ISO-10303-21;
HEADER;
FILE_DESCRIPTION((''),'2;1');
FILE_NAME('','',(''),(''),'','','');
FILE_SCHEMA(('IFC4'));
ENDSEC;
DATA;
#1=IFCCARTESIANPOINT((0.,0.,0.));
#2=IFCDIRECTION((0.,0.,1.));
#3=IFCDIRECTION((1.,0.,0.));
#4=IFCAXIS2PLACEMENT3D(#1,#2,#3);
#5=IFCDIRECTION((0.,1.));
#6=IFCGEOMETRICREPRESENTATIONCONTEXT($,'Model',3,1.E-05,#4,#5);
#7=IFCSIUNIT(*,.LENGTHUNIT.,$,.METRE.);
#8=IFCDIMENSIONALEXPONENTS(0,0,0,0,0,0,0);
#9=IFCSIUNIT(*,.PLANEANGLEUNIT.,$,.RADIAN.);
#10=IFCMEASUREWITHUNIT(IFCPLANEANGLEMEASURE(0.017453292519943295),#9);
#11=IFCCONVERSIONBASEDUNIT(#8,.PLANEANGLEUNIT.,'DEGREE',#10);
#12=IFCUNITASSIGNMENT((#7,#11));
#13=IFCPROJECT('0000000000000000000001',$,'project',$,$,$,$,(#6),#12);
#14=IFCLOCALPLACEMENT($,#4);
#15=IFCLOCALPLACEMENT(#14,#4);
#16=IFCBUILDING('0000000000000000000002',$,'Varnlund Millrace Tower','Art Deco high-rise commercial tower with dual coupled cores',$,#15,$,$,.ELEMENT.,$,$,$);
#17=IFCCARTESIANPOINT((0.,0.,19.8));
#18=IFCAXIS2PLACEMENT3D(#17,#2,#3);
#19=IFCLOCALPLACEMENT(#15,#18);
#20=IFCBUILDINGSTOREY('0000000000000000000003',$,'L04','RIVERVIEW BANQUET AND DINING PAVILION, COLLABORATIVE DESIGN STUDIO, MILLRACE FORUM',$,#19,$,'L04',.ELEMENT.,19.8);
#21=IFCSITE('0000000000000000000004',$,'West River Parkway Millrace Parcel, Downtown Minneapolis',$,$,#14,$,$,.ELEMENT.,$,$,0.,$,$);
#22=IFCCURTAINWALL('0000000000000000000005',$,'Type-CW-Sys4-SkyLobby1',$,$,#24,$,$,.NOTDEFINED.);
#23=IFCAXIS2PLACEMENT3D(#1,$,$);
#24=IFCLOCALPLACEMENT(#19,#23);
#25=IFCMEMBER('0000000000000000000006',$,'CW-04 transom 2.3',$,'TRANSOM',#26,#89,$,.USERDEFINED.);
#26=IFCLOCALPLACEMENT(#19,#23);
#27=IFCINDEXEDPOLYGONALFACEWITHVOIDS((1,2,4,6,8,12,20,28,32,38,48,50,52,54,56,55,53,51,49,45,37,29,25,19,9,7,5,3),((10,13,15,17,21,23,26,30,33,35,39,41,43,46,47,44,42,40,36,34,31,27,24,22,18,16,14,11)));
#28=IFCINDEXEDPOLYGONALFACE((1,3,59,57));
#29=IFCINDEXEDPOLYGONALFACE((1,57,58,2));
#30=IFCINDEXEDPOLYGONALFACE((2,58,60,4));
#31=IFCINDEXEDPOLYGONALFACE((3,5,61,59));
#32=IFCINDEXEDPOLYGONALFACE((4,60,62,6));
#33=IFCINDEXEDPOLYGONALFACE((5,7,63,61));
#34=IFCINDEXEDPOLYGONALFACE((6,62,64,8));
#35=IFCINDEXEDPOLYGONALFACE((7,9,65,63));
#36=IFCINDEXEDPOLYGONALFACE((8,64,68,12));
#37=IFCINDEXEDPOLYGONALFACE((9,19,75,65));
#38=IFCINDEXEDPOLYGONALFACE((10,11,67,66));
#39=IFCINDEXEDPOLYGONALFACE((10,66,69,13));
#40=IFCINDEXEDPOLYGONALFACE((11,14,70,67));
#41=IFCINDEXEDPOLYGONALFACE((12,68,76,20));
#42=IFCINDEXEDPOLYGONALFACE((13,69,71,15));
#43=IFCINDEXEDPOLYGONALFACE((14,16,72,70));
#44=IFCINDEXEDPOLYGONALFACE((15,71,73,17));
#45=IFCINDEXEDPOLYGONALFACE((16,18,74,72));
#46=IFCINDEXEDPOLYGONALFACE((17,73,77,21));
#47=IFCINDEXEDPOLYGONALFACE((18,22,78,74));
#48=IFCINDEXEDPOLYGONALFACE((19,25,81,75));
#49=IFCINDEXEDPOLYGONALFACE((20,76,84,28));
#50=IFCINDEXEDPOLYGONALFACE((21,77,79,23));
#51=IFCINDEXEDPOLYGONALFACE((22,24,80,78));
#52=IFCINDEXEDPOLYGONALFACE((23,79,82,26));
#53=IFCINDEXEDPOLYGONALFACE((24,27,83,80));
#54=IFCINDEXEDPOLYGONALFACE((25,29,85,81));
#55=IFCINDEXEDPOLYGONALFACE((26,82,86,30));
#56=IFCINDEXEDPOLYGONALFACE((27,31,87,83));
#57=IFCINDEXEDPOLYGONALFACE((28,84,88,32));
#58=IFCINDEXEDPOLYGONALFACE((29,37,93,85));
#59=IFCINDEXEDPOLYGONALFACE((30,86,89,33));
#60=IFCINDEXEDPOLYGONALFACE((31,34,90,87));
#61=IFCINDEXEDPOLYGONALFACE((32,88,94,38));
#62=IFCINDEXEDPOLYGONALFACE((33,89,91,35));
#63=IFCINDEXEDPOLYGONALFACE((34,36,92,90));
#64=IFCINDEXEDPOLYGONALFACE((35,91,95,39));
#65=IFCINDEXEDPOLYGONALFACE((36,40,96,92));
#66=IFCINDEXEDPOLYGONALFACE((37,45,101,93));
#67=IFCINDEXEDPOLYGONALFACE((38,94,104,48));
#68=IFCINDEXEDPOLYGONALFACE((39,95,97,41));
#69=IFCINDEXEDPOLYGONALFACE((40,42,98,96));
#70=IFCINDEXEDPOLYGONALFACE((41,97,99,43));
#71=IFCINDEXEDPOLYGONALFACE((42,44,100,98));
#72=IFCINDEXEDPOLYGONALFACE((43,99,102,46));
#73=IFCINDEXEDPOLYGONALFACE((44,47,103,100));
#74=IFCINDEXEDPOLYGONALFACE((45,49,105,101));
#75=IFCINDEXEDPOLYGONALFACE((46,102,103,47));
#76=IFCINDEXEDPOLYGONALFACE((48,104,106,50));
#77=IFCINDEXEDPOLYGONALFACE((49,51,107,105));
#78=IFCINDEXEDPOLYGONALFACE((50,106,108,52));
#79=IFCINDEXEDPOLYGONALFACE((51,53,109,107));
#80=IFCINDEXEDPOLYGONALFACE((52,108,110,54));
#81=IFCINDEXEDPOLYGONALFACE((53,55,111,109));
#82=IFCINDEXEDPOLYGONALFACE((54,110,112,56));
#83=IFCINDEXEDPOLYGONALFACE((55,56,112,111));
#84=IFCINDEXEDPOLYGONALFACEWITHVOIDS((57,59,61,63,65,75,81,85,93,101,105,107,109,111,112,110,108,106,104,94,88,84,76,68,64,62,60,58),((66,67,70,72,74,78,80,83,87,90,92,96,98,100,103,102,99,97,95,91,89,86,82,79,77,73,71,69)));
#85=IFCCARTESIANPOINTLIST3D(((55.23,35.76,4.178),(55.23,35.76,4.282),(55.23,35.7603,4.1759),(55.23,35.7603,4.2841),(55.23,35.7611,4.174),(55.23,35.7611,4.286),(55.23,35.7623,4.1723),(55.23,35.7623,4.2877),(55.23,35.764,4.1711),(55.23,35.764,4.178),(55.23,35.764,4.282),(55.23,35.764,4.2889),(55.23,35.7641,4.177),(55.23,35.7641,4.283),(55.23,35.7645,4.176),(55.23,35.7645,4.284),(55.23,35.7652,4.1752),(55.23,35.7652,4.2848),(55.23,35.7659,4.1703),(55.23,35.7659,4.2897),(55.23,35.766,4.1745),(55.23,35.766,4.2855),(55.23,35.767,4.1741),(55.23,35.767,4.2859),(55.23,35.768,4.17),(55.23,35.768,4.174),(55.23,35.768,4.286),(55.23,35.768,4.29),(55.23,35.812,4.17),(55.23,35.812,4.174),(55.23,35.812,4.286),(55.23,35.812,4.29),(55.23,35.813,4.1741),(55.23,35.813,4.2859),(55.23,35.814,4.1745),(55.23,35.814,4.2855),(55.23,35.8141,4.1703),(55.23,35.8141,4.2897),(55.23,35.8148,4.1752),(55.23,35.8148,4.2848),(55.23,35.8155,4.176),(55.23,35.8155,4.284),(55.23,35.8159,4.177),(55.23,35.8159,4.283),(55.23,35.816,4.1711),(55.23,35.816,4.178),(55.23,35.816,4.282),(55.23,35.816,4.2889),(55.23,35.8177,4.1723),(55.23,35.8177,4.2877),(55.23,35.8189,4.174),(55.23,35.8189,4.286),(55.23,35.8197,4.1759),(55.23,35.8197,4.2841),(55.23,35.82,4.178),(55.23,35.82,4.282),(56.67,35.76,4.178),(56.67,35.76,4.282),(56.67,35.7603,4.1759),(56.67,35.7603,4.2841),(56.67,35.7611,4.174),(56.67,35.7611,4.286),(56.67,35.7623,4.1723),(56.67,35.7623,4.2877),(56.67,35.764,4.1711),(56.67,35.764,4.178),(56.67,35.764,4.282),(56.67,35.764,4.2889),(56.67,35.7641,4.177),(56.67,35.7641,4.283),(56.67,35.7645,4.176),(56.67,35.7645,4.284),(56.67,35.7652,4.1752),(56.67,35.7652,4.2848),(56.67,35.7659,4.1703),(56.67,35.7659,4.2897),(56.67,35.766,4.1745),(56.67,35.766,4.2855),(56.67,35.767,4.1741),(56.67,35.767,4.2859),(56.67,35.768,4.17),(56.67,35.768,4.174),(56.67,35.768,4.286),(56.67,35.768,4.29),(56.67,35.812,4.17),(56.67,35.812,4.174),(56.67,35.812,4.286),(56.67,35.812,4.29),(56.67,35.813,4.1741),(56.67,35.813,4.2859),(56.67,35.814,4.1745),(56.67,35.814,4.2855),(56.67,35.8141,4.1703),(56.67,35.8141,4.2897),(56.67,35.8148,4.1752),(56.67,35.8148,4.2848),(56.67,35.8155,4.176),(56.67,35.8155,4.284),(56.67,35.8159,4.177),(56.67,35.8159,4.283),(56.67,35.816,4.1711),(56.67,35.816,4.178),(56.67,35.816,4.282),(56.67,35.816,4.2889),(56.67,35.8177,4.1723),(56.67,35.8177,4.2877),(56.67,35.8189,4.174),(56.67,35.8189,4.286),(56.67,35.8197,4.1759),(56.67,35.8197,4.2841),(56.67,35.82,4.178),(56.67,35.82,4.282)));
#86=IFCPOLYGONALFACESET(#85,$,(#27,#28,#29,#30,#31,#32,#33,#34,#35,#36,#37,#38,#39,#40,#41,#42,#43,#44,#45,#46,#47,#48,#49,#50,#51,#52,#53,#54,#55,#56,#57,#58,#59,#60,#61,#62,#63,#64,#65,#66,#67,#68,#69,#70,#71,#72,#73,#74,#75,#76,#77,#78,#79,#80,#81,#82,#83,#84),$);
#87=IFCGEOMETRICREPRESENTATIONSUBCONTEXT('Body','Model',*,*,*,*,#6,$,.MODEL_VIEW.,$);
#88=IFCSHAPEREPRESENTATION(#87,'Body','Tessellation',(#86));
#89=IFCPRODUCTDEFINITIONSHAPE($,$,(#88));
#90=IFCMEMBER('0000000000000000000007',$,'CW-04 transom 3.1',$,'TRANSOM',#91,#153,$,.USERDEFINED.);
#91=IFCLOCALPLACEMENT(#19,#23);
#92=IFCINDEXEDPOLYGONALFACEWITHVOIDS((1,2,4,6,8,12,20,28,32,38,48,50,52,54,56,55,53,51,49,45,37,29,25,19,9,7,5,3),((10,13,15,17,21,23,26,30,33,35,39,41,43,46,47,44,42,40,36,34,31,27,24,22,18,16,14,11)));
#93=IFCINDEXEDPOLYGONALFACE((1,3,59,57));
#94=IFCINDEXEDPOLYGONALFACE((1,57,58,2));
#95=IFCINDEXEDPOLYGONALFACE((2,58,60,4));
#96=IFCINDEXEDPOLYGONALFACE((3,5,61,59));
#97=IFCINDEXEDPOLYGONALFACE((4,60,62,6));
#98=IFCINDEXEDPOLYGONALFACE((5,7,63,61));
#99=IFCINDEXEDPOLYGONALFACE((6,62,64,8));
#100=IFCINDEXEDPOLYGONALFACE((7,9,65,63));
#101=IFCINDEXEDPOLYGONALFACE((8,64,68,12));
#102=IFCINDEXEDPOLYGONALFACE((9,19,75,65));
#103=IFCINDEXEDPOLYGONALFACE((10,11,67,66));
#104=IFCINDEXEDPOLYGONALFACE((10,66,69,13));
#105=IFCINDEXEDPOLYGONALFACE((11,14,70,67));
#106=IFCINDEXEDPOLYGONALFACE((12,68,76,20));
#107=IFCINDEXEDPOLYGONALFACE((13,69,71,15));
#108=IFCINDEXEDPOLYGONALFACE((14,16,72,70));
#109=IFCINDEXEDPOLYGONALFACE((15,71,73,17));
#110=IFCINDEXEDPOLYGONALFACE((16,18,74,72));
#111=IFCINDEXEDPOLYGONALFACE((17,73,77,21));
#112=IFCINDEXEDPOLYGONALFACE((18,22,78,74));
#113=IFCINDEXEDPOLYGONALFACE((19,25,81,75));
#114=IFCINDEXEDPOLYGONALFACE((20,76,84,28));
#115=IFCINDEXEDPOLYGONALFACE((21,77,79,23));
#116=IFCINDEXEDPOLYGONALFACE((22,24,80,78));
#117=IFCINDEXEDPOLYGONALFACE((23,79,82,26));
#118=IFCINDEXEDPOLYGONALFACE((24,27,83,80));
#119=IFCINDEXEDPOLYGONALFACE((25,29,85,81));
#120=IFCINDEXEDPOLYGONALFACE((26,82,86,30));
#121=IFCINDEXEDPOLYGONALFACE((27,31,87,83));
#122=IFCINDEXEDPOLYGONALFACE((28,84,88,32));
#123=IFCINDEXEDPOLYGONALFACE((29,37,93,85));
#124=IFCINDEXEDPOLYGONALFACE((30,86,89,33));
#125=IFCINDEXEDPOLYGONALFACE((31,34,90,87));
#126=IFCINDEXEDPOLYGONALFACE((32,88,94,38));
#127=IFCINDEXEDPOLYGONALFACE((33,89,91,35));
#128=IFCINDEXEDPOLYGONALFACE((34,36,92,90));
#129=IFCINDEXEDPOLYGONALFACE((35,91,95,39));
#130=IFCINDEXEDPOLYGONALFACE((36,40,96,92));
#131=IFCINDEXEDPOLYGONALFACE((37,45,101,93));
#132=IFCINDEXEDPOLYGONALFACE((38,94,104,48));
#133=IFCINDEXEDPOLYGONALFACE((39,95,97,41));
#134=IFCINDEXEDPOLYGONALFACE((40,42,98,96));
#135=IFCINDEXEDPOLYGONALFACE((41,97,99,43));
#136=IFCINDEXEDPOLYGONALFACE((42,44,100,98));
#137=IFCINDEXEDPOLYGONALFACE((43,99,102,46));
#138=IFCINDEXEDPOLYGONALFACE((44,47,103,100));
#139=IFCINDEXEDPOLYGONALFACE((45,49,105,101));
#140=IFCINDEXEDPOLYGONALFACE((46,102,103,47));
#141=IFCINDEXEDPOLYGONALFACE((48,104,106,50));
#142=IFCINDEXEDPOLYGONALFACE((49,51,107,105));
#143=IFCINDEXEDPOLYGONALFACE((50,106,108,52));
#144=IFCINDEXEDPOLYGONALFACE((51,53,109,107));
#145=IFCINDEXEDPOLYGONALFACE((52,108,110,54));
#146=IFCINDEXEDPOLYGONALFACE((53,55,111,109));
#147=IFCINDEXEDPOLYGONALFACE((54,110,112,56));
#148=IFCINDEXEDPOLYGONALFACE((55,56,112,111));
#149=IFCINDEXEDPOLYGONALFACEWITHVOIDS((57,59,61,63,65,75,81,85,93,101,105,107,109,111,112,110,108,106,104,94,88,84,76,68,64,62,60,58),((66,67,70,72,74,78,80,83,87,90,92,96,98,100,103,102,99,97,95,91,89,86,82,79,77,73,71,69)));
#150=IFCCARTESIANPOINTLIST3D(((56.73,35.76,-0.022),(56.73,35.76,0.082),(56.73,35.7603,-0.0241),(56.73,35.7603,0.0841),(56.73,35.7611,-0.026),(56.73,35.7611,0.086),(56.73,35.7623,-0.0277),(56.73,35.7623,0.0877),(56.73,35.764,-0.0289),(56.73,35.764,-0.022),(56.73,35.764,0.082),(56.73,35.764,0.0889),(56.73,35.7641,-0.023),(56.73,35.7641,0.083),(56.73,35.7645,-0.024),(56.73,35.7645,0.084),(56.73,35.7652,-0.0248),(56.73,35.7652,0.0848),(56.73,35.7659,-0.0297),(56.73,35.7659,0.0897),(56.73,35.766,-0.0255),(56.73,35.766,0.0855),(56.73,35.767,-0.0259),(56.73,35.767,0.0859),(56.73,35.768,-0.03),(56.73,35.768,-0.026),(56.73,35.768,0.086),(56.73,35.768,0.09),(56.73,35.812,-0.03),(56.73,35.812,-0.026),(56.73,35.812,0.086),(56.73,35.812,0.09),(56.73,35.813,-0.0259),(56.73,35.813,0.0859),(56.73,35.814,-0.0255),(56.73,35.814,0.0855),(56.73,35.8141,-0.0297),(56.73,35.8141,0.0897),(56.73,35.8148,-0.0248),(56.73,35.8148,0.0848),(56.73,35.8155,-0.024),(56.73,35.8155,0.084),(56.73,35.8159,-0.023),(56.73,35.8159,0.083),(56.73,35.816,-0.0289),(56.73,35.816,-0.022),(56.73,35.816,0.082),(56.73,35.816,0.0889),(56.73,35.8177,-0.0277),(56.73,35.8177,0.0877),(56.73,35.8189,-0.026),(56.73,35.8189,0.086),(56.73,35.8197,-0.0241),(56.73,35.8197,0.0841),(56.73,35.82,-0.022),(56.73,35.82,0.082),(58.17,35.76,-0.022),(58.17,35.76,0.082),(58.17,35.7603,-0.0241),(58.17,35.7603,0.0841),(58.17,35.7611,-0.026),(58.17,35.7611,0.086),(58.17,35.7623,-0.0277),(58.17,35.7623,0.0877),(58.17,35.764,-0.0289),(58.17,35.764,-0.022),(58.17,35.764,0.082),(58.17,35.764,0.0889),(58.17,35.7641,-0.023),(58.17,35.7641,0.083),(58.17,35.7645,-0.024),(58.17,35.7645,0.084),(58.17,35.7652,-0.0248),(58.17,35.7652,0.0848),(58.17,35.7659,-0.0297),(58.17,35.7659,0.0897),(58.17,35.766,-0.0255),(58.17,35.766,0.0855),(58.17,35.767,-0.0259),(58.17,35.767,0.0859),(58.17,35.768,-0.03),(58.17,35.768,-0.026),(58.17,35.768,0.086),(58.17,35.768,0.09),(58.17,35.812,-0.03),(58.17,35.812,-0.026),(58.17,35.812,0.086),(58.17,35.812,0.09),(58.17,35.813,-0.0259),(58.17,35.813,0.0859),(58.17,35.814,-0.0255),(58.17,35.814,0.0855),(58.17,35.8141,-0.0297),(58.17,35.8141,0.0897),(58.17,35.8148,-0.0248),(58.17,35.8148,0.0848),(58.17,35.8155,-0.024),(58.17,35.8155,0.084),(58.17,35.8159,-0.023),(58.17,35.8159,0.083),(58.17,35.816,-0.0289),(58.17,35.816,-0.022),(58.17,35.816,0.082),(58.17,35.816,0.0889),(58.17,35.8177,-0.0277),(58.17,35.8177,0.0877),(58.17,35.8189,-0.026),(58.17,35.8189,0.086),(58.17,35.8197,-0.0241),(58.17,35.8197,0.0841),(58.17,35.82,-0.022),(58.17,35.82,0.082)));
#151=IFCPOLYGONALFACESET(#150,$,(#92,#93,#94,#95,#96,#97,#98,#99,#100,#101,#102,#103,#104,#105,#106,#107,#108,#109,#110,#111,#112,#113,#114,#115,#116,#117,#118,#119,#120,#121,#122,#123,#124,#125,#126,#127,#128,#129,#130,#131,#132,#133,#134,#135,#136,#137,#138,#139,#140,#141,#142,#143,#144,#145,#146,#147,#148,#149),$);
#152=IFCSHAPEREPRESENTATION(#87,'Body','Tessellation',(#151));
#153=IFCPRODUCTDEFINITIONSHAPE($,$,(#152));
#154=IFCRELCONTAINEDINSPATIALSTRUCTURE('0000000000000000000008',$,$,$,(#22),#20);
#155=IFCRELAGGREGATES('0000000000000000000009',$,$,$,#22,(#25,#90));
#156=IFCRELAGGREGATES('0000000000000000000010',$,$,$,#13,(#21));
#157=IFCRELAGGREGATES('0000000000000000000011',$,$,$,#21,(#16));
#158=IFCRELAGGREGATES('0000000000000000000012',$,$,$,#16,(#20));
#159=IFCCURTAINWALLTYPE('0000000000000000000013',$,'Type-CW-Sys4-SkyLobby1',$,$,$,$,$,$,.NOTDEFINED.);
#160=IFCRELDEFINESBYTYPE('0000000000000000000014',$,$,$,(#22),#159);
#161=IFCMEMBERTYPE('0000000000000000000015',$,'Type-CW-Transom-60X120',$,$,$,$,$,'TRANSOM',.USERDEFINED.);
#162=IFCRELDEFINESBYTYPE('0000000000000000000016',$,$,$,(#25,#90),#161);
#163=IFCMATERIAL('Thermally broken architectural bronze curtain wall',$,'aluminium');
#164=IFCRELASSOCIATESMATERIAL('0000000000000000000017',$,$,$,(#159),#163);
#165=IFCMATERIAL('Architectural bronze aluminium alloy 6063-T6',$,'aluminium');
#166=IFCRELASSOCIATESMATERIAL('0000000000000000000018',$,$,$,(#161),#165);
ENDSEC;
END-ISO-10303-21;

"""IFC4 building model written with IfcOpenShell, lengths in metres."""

from ifc_helpers import new_model, entity, si_unit, converted_unit, direction, frame, origin_with_axes, origin_2d_with_axis, place, context, subcontext, project, spatial, hollow_rectangle, extrude, material, material_profile, profile_set, type_object, element, aggregate, save


model = new_model("IFC4")

# Units and contexts
model_context = context("Model", 3, precision=1e-05, world=origin_with_axes(), true_north=direction((0.0, 1.0)))
body_context = subcontext(model_context, "Body", "Model", "MODEL_VIEW")
ifc_project = project(units=[si_unit("LENGTHUNIT", "METRE"), converted_unit("PLANEANGLEUNIT", "DEGREE", entity("IfcPlaneAngleMeasure", 0.017453292519943295), si_unit("PLANEANGLEUNIT", "RADIAN"), dimensions=[0, 0, 0, 0, 0, 0, 0])], contexts=[model_context])

# Site, building, storey
site_placement = place(None, origin_with_axes())
site = spatial("IfcSite", under=ifc_project, at=site_placement, Name="West River Parkway Millrace Parcel, Downtown Minneapolis", CompositionType="ELEMENT", RefElevation=0.0)
building_placement = place(site_placement, origin_with_axes())
building = spatial("IfcBuilding", under=site, at=building_placement, Name="Varnlund Millrace Tower", Description="Art Deco high-rise commercial tower with dual coupled cores", CompositionType="ELEMENT")
storey_placement = place(building_placement, frame((0.0, 0.0, 19.8), z_axis=(0.0, 0.0, 1.0), x_axis=(1.0, 0.0, 0.0)))
storey = spatial("IfcBuildingStorey", under=building, at=storey_placement, Name="L04", Description="RIVERVIEW BANQUET AND DINING PAVILION, COLLABORATIVE DESIGN STUDIO, MILLRACE FORUM", LongName="L04", CompositionType="ELEMENT", Elevation=19.8)

# Curtain wall, members
ifc_material_1 = material(Name="Thermally broken architectural bronze curtain wall", Category="aluminium")
curtain_wall_type = type_object("IfcCurtainWallType", Name="Type-CW-Sys4-SkyLobby1", PredefinedType="NOTDEFINED", material=ifc_material_1)
curtain_wall_placement = place(storey_placement, frame((53.7, 35.79, 0.0), z_axis=(0.0, 0.0, 1.0), x_axis=(1.0, 0.0, 0.0)))
curtain_wall = element("IfcCurtainWall", 1, at=curtain_wall_placement, inside=storey, type_object=curtain_wall_type, Name="Type-CW-Sys4-SkyLobby1", PredefinedType="NOTDEFINED")
ifc_material_2 = material(Name="Architectural bronze aluminium alloy 6063-T6", Category="aluminium")
ifc_material_profile_1 = material_profile(ifc_material_2, hollow_rectangle(XDim=0.06, YDim=0.12, WallThickness=0.004, InnerFilletRadius=0.004, OuterFilletRadius=0.008, at=origin_2d_with_axis()), Name="Architectural bronze aluminium alloy 6063-T6")
ifc_profile_set_1 = profile_set([ifc_material_profile_1], Name="Architectural bronze aluminium alloy 6063-T6")
member_type_1 = type_object("IfcMemberType", Name="Type-CW-Transom-60X120", ElementType="TRANSOM", PredefinedType="USERDEFINED", material=ifc_profile_set_1)
member_1_placement = place(storey_placement, frame((55.23, 35.79, 4.23), z_axis=(1.0, 0.0, 0.0), x_axis=(0.0, 1.0, 0.0)))
member_1 = element("IfcMember", 2, at=member_1_placement, type_object=member_type_1, Name="CW-04 transom 2.3", ObjectType="TRANSOM", PredefinedType="USERDEFINED", context=body_context, shape_type="SweptSolid", body=[
    extrude(hollow_rectangle(XDim=0.06, YDim=0.12, WallThickness=0.004, InnerFilletRadius=0.004, OuterFilletRadius=0.008, at=origin_2d_with_axis()), origin_with_axes(), (0.0, 0.0, 1.0), 1.44),
])
member_2_placement = place(storey_placement, frame((56.73, 35.79, 0.03), z_axis=(1.0, 0.0, 0.0), x_axis=(0.0, 1.0, 0.0)))
member_2 = element("IfcMember", 3, at=member_2_placement, type_object=member_type_1, Name="CW-04 transom 3.1", ObjectType="TRANSOM", PredefinedType="USERDEFINED", context=body_context, shape_type="SweptSolid", body=[
    extrude(hollow_rectangle(XDim=0.06, YDim=0.12, WallThickness=0.004, InnerFilletRadius=0.004, OuterFilletRadius=0.008, at=origin_2d_with_axis()), origin_with_axes(), (0.0, 0.0, 1.0), 1.44),
])
aggregate(curtain_wall, [member_1, member_2])

save(model, "model.ifc")
